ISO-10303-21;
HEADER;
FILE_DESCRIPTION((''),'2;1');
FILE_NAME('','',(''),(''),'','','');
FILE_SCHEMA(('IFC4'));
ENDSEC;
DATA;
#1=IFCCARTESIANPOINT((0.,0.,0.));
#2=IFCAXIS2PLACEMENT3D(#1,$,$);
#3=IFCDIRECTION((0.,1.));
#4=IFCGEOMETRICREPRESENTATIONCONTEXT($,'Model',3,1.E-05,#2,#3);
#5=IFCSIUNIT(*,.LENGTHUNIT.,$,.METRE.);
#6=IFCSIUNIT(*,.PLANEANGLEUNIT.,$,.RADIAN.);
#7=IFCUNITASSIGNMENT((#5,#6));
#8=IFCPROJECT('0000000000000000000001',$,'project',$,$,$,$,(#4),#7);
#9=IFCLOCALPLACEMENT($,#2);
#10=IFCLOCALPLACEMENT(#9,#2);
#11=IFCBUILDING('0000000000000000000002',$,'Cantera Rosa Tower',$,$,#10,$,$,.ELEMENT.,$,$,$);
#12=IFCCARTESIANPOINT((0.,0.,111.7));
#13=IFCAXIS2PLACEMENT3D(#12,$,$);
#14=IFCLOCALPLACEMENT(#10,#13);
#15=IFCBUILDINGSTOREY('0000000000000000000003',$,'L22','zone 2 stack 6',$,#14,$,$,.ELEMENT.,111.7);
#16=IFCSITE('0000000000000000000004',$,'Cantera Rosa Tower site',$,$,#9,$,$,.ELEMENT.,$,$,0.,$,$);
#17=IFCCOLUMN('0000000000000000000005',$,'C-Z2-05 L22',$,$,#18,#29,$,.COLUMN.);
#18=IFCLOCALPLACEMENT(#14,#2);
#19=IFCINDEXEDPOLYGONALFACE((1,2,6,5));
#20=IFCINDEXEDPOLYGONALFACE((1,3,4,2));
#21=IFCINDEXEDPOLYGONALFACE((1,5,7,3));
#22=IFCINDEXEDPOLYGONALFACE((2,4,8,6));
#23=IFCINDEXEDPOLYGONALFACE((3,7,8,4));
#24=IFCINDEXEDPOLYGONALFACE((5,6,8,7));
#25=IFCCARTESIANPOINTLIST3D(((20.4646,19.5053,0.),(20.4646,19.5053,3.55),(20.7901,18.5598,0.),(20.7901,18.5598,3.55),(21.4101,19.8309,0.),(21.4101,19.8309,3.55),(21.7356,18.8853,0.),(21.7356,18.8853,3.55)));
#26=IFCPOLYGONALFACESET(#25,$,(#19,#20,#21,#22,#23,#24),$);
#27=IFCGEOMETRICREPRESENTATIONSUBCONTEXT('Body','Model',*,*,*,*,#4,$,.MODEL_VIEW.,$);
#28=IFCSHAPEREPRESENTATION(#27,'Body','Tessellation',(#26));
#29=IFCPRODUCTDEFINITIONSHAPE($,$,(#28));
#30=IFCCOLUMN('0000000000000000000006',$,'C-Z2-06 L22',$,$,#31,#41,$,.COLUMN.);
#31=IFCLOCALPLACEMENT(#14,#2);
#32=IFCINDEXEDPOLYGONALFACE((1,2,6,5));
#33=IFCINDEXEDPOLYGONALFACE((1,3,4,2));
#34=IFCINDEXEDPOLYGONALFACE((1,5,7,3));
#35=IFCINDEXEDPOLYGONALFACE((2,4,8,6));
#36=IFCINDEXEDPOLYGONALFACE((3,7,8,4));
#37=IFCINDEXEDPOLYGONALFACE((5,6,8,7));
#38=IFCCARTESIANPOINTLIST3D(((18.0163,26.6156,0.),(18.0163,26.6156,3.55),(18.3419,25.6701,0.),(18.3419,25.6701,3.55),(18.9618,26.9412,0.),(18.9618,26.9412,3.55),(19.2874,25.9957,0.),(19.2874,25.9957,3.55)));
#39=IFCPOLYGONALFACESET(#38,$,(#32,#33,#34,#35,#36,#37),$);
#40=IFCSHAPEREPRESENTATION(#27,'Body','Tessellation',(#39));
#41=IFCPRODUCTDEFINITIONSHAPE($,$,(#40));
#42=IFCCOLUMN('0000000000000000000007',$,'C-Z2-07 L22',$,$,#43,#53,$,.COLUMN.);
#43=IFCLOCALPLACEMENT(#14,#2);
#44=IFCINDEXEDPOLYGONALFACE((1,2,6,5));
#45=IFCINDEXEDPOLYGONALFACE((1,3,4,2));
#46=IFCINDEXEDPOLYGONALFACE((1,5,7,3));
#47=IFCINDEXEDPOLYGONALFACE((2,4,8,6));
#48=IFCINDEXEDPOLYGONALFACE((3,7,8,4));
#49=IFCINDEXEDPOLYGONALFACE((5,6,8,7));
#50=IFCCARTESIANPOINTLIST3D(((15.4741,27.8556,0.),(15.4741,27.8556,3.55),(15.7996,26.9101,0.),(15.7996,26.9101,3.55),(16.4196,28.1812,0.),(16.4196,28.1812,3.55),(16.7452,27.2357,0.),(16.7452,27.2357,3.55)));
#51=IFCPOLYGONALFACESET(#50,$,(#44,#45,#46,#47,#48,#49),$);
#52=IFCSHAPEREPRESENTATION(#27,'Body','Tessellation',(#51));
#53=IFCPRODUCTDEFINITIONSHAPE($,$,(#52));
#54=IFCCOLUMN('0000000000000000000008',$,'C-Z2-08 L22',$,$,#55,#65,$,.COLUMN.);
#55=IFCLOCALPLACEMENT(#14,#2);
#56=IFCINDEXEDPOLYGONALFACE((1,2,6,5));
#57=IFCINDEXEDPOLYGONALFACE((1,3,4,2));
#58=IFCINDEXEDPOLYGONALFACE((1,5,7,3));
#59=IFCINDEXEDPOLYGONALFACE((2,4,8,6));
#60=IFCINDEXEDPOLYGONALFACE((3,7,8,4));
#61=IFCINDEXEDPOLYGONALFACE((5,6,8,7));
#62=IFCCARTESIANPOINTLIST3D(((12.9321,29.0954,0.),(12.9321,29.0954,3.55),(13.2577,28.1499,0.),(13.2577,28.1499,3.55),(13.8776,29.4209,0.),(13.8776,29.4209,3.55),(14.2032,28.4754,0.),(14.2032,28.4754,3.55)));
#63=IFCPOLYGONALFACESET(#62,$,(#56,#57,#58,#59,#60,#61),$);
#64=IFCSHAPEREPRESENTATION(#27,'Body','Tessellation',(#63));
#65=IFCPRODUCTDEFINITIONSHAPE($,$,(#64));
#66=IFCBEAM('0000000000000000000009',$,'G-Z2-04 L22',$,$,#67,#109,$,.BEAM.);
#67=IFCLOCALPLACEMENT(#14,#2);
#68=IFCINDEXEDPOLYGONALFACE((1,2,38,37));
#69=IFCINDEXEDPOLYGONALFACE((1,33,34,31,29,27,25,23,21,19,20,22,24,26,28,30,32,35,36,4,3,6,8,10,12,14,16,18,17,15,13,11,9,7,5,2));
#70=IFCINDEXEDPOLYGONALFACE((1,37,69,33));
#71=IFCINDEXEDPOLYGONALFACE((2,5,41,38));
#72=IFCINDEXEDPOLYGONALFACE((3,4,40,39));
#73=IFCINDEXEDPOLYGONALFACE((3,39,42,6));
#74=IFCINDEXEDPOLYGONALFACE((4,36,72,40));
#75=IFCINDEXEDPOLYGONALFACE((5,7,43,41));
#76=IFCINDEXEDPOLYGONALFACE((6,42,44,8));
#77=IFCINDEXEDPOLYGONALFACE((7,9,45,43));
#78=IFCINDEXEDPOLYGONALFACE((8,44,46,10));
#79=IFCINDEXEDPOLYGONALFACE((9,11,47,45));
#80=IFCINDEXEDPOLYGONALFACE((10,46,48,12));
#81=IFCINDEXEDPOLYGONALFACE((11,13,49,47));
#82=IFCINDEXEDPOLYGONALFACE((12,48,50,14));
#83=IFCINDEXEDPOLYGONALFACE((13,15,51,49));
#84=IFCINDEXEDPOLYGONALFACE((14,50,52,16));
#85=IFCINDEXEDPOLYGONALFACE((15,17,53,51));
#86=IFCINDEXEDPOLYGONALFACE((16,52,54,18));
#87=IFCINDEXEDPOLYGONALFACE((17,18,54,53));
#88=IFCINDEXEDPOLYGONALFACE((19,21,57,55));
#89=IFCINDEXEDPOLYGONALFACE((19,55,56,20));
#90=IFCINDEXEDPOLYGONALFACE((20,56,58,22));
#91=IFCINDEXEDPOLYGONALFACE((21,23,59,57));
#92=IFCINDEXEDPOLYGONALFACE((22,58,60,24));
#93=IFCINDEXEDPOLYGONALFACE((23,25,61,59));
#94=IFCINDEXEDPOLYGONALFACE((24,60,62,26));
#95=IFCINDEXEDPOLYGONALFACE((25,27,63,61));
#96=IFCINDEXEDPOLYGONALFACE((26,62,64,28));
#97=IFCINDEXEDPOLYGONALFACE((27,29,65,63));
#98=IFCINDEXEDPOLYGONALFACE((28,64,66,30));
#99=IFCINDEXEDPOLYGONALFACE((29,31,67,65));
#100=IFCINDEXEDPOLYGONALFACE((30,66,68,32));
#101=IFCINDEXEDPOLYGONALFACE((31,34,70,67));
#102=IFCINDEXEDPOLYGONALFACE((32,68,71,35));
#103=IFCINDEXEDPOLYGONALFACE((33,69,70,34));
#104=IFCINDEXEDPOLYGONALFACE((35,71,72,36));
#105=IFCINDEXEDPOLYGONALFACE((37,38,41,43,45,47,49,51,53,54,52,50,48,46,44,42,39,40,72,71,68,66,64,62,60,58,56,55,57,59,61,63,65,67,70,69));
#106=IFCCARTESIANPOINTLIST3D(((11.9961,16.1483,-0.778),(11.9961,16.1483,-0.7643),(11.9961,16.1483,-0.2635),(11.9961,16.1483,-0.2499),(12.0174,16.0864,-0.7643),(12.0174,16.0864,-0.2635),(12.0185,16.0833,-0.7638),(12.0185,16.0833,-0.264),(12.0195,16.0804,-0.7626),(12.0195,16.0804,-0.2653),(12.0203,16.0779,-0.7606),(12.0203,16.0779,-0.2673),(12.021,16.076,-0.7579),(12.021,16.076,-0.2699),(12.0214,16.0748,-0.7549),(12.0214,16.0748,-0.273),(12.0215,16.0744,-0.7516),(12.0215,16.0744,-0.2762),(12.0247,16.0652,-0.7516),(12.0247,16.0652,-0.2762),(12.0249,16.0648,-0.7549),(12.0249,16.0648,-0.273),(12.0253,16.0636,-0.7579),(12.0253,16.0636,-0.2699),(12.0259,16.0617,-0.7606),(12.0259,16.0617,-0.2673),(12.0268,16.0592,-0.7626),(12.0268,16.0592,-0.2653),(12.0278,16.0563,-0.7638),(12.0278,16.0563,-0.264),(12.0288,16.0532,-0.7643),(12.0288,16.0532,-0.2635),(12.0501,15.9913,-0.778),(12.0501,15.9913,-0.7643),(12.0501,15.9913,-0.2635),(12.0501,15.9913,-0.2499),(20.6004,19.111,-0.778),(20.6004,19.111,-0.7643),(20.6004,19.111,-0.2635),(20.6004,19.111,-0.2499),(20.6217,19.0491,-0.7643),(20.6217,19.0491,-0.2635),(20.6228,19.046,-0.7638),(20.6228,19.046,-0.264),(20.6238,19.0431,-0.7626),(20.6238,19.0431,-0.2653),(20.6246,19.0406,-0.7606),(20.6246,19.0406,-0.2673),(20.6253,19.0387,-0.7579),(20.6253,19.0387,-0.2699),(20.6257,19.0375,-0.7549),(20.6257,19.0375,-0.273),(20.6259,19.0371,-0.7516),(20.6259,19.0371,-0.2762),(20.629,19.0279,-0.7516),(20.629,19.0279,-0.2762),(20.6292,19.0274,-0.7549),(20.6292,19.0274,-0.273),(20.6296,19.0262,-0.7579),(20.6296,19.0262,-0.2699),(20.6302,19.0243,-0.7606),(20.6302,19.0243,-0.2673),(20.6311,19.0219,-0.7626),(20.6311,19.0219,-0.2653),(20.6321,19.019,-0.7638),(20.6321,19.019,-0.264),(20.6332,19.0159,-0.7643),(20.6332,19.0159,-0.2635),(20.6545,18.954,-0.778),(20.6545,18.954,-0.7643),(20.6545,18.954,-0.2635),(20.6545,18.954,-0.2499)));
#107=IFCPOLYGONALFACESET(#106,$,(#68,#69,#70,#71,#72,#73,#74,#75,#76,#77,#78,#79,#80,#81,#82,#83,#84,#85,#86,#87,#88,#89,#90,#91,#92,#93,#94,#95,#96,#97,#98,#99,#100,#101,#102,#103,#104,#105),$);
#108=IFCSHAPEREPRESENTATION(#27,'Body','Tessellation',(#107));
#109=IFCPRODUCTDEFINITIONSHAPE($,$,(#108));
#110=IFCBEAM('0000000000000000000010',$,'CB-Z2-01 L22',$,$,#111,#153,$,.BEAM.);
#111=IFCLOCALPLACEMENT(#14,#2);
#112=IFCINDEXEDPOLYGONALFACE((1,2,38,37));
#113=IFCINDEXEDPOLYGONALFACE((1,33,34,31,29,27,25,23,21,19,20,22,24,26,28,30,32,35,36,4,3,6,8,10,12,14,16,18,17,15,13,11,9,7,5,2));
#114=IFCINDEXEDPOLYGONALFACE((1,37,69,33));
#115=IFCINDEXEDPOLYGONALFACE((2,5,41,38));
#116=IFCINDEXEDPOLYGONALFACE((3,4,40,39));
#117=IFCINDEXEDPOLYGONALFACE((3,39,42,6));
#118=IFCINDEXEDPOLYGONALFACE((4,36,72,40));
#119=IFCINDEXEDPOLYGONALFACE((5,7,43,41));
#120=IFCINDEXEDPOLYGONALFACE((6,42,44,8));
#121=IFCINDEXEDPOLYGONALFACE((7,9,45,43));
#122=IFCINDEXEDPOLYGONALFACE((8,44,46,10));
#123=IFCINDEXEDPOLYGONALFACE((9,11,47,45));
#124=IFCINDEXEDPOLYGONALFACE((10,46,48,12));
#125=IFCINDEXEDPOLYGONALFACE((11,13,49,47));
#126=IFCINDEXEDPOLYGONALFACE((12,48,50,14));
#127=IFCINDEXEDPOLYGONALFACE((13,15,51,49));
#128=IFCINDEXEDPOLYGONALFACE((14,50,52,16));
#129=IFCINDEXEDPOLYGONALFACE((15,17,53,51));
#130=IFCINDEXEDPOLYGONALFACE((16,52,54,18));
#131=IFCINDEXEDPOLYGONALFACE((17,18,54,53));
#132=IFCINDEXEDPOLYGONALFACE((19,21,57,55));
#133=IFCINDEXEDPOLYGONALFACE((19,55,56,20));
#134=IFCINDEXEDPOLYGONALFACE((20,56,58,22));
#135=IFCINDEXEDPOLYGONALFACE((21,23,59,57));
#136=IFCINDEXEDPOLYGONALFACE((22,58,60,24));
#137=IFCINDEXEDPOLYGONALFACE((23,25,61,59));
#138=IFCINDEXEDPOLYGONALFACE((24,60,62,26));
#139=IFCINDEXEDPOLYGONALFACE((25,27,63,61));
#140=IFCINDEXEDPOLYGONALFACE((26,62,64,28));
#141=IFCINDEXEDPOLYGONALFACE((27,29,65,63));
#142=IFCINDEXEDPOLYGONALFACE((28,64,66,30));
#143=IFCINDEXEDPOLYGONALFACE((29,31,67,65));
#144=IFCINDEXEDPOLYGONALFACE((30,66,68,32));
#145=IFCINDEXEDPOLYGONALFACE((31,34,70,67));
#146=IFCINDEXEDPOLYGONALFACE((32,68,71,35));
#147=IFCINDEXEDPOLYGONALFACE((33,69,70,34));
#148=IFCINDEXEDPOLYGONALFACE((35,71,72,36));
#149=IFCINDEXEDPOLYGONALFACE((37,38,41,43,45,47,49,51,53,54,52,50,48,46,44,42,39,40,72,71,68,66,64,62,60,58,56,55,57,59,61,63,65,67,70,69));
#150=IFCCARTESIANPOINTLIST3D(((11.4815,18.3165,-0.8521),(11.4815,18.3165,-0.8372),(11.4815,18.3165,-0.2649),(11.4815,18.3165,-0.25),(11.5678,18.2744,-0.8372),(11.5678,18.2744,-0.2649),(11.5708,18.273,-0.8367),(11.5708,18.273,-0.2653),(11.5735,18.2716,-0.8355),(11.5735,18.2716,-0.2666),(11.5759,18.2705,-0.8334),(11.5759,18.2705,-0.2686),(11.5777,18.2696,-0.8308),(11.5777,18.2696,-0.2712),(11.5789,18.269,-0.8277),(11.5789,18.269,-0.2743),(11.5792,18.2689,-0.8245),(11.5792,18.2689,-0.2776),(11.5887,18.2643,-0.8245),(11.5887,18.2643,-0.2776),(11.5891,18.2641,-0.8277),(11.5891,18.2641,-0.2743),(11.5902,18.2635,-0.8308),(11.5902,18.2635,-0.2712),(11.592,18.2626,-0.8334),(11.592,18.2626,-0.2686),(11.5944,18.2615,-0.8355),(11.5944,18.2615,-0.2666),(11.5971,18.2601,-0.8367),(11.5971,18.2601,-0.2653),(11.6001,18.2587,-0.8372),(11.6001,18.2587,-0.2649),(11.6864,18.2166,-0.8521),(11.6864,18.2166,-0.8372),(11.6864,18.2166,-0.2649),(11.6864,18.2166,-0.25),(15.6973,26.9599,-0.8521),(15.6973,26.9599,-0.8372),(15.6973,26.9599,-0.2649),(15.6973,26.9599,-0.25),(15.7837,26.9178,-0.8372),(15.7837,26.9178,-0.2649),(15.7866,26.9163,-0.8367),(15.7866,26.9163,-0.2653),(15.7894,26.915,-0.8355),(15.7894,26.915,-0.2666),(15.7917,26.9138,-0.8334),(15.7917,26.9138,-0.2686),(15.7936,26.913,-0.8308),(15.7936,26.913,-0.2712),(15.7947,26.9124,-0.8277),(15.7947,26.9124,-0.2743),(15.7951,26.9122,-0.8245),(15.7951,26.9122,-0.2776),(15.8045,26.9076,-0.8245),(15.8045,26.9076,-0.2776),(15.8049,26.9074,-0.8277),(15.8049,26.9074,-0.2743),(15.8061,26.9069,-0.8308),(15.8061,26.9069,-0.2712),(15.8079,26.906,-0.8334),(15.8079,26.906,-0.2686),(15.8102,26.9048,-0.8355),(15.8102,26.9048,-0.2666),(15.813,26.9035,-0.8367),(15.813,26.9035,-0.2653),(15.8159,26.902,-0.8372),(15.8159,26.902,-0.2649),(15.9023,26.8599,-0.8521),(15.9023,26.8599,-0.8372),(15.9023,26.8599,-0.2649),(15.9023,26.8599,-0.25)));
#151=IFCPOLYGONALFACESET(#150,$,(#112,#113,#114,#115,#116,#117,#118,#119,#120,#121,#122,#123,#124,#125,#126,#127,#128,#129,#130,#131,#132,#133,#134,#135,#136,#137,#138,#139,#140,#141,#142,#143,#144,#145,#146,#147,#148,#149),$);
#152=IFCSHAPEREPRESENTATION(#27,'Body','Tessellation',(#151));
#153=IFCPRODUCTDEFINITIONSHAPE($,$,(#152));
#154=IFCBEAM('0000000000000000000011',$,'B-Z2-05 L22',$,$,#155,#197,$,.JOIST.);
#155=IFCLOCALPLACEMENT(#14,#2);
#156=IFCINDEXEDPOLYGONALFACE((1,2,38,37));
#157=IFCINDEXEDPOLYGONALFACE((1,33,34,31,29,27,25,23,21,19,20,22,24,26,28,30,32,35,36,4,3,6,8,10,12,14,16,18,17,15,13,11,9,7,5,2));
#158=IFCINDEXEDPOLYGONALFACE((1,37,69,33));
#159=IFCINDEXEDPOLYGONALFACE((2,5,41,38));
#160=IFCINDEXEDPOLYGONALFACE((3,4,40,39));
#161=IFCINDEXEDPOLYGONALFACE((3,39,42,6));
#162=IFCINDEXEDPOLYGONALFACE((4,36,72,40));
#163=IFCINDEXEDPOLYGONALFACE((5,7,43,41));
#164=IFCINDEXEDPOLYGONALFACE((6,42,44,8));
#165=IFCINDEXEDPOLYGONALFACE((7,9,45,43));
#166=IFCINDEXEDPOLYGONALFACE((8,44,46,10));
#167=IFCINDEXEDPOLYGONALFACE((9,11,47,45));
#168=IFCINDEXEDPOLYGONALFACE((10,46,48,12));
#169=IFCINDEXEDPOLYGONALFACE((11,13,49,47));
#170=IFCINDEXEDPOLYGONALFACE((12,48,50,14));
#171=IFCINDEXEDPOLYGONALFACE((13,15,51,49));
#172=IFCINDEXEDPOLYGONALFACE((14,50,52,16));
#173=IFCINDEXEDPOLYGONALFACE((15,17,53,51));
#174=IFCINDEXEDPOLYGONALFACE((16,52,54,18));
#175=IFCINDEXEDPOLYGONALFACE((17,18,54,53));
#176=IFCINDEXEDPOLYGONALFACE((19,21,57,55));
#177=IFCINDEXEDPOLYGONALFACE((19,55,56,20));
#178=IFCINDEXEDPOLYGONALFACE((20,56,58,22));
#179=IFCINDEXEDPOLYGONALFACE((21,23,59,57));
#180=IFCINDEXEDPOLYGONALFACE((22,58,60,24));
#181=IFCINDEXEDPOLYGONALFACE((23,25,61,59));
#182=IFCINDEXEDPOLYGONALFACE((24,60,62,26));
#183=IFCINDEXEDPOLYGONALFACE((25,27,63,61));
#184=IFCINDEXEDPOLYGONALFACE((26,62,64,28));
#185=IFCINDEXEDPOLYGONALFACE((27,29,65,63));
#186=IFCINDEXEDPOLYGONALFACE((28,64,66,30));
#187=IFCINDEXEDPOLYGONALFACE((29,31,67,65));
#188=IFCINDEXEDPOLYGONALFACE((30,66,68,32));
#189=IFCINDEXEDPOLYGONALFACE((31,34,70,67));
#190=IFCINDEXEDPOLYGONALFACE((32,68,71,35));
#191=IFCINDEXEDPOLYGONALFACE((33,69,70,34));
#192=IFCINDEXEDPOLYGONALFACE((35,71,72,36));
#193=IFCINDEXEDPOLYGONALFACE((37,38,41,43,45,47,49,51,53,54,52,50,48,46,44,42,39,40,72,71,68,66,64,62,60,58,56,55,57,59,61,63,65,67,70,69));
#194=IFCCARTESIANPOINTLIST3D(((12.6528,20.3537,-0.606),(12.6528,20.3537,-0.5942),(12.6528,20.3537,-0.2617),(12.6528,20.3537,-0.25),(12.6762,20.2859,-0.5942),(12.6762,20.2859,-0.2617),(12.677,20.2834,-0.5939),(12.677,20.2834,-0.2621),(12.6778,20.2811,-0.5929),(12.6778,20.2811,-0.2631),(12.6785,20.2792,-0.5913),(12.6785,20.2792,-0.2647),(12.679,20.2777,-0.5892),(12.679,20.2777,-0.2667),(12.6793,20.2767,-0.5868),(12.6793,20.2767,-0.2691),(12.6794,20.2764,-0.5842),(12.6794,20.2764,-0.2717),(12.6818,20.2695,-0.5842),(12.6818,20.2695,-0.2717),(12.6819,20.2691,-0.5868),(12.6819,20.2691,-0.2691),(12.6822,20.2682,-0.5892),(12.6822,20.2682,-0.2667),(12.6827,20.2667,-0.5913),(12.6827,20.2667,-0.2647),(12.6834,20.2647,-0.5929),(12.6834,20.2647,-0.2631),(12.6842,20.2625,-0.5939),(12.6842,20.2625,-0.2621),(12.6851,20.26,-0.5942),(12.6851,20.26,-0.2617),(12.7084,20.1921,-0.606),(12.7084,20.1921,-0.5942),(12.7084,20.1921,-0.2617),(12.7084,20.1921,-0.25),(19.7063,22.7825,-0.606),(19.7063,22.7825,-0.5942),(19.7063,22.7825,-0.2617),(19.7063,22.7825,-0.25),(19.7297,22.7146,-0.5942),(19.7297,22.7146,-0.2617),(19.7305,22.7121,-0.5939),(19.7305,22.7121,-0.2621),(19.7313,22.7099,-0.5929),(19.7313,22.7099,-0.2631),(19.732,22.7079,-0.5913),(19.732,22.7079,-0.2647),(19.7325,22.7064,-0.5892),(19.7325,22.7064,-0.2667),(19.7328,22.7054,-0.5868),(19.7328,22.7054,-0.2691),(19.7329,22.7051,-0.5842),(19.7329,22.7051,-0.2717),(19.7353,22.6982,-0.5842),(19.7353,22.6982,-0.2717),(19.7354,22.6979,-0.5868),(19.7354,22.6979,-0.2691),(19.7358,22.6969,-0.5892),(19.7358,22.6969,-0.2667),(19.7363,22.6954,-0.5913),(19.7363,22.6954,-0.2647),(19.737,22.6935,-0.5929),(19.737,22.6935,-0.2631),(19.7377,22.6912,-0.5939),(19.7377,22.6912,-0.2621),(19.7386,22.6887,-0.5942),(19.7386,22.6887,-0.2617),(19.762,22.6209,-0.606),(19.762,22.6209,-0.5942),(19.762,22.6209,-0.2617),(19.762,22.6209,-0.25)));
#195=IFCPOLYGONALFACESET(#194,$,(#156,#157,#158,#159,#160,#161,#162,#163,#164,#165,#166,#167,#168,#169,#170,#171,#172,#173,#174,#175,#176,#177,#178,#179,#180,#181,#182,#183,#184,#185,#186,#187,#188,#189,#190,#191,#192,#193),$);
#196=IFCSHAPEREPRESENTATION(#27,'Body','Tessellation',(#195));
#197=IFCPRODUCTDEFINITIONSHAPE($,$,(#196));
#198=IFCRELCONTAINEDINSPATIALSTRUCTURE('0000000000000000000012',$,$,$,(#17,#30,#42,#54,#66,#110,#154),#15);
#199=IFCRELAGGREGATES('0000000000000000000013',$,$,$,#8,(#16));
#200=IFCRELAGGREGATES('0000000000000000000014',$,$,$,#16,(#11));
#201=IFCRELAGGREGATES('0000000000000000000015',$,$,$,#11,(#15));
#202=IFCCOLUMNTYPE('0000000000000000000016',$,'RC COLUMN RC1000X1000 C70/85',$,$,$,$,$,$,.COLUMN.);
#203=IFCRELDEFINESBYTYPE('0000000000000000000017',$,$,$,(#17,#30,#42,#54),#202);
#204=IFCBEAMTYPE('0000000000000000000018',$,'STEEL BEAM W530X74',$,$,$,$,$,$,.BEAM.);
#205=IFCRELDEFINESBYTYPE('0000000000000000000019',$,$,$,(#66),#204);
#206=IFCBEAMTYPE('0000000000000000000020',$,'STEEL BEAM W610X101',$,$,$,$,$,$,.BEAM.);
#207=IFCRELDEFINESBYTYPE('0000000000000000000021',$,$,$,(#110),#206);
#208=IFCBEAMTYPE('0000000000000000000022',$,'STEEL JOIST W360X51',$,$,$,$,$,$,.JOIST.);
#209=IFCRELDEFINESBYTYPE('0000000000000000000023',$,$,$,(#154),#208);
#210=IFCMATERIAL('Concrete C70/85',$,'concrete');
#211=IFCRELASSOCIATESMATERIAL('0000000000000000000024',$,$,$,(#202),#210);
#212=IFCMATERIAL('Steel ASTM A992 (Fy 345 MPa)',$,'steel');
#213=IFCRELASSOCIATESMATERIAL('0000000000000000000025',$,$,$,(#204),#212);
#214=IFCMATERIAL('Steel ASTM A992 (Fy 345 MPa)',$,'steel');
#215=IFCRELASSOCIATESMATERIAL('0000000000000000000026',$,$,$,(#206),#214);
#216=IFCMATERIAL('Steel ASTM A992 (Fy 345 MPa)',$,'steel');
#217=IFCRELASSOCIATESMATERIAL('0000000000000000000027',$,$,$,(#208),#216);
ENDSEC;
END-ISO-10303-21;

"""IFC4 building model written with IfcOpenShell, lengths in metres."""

from ifc_helpers import new_model, si_unit, direction, frame, origin, origin_2d, place, context, subcontext, project, spatial, rectangle, i_section, extrude, material, material_profile, profile_set, type_object, element, save


model = new_model("IFC4")

# Units and contexts
model_context = context("Model", 3, precision=1e-05, world=origin(), true_north=direction((0.0, 1.0)))
body_context = subcontext(model_context, "Body", "Model", "MODEL_VIEW")
ifc_project = project(units=[si_unit("LENGTHUNIT", "METRE"), si_unit("PLANEANGLEUNIT", "RADIAN")], contexts=[model_context])

# Site, building, storey
site_placement = place(None, origin())
site = spatial("IfcSite", under=ifc_project, at=site_placement, Name="Cantera Rosa Tower site", CompositionType="ELEMENT", RefElevation=0.0)
building_placement = place(site_placement, origin())
building = spatial("IfcBuilding", under=site, at=building_placement, Name="Cantera Rosa Tower", CompositionType="ELEMENT")
storey_placement = place(building_placement, frame((0.0, 0.0, 111.7)))
storey = spatial("IfcBuildingStorey", under=building, at=storey_placement, Name="L22", Description="zone 2 stack 6", CompositionType="ELEMENT", Elevation=111.7)

# Columns
ifc_material_1 = material(Name="Concrete C70/85", Category="concrete")
ifc_material_profile_1 = material_profile(ifc_material_1, rectangle(XDim=1.0, YDim=1.0, at=origin_2d()), Name="RC COLUMN RC1000X1000 C70/85")
ifc_profile_set_1 = profile_set([ifc_material_profile_1], Name="Concrete C70/85")
column_type = type_object("IfcColumnType", Name="RC COLUMN RC1000X1000 C70/85", PredefinedType="COLUMN", material=ifc_profile_set_1)
for number, where, z_axis, x_axis, name in (
    (1, (21.1001, 19.1953, 0.0), (0.0, 0.0, 1.0), (0.945519, 0.325568, 0.0), "C-Z2-05 L22"),
    (2, (18.6519, 26.3057, 0.0), (0.0, 0.0, 1.0), (0.945519, 0.325568, 0.0), "C-Z2-06 L22"),
    (3, (16.1096, 27.5457, 0.0), (0.0, 0.0, 1.0), (0.945519, 0.325568, 0.0), "C-Z2-07 L22"),
    (4, (13.5676, 28.7854, 0.0), (0.0, 0.0, 1.0), (0.945519, 0.325568, 0.0), "C-Z2-08 L22"),
):
    element("IfcColumn", number, at=place(storey_placement, frame(where, z_axis=z_axis, x_axis=x_axis)), inside=storey, type_object=column_type, Name=name, PredefinedType="COLUMN", context=body_context, shape_type="SweptSolid", body=[
        extrude(rectangle(XDim=1.0, YDim=1.0, at=origin_2d()), origin(), (0.0, 0.0, 1.0), 3.55),
    ])

# Beams
ifc_material_2 = material(Name="Steel ASTM A992 (Fy 345 MPa)", Category="steel")
ifc_material_profile_2 = material_profile(ifc_material_2, i_section(OverallWidth=0.166, OverallDepth=0.5281, WebThickness=0.0098, FlangeThickness=0.0137, FilletRadius=0.0127, at=origin_2d()), Name="W530X74")
ifc_profile_set_2 = profile_set([ifc_material_profile_2], Name="Steel ASTM A992 (Fy 345 MPa)")
beam_type_1 = type_object("IfcBeamType", Name="STEEL BEAM W530X74", PredefinedType="BEAM", material=ifc_profile_set_2)
beam_1_placement = place(storey_placement, frame((20.6274, 19.0325, -0.5139), z_axis=(-0.94552, -0.325565, 0.0), x_axis=(0.325565, -0.94552, 0.0)))
element("IfcBeam", 5, at=beam_1_placement, inside=storey, type_object=beam_type_1, Name="G-Z2-04 L22", PredefinedType="BEAM", context=body_context, shape_type="SweptSolid", body=[
    extrude(i_section(OverallWidth=0.166, OverallDepth=0.5281, WebThickness=0.0098, FlangeThickness=0.0137, FilletRadius=0.0127, at=origin_2d()), origin(), (0.0, 0.0, 1.0), 9.1001),
])
ifc_material_3 = material(Name="Steel ASTM A992 (Fy 345 MPa)", Category="steel")
ifc_material_profile_3 = material_profile(ifc_material_3, i_section(OverallWidth=0.228, OverallDepth=0.6021, WebThickness=0.0105, FlangeThickness=0.0149, FilletRadius=0.0127, at=origin_2d()), Name="W610X101")
ifc_profile_set_3 = profile_set([ifc_material_profile_3], Name="Steel ASTM A992 (Fy 345 MPa)")
beam_type_2 = type_object("IfcBeamType", Name="STEEL BEAM W610X101", PredefinedType="BEAM", material=ifc_profile_set_3)
beam_2_placement = place(storey_placement, frame((15.7998, 26.9099, -0.551), z_axis=(-0.438388, -0.898786, 0.0), x_axis=(0.898786, -0.438388, 0.0)))
element("IfcBeam", 6, at=beam_2_placement, inside=storey, type_object=beam_type_2, Name="CB-Z2-01 L22", PredefinedType="BEAM", context=body_context, shape_type="SweptSolid", body=[
    extrude(i_section(OverallWidth=0.228, OverallDepth=0.6021, WebThickness=0.0105, FlangeThickness=0.0149, FilletRadius=0.0127, at=origin_2d()), origin(), (0.0, 0.0, 1.0), 9.6167),
])
ifc_material_4 = material(Name="Steel ASTM A992 (Fy 345 MPa)", Category="steel")
ifc_material_profile_4 = material_profile(ifc_material_4, i_section(OverallWidth=0.1709, OverallDepth=0.356, WebThickness=0.0073, FlangeThickness=0.0117, FilletRadius=0.01, at=origin_2d()), Name="W360X51")
ifc_profile_set_4 = profile_set([ifc_material_profile_4], Name="Steel ASTM A992 (Fy 345 MPa)")
beam_type_3 = type_object("IfcBeamType", Name="STEEL JOIST W360X51", PredefinedType="JOIST", material=ifc_profile_set_4)
beam_3_placement = place(storey_placement, frame((19.7341, 22.7017, -0.428), z_axis=(-0.945518, -0.325569, 0.0), x_axis=(0.325569, -0.945518, 0.0)))
element("IfcBeam", 7, at=beam_3_placement, inside=storey, type_object=beam_type_3, Name="B-Z2-05 L22", PredefinedType="JOIST", context=body_context, shape_type="SweptSolid", body=[
    extrude(i_section(OverallWidth=0.1709, OverallDepth=0.356, WebThickness=0.0073, FlangeThickness=0.0117, FilletRadius=0.01, at=origin_2d()), origin(), (0.0, 0.0, 1.0), 7.46),
])

save(model, "model.ifc")
